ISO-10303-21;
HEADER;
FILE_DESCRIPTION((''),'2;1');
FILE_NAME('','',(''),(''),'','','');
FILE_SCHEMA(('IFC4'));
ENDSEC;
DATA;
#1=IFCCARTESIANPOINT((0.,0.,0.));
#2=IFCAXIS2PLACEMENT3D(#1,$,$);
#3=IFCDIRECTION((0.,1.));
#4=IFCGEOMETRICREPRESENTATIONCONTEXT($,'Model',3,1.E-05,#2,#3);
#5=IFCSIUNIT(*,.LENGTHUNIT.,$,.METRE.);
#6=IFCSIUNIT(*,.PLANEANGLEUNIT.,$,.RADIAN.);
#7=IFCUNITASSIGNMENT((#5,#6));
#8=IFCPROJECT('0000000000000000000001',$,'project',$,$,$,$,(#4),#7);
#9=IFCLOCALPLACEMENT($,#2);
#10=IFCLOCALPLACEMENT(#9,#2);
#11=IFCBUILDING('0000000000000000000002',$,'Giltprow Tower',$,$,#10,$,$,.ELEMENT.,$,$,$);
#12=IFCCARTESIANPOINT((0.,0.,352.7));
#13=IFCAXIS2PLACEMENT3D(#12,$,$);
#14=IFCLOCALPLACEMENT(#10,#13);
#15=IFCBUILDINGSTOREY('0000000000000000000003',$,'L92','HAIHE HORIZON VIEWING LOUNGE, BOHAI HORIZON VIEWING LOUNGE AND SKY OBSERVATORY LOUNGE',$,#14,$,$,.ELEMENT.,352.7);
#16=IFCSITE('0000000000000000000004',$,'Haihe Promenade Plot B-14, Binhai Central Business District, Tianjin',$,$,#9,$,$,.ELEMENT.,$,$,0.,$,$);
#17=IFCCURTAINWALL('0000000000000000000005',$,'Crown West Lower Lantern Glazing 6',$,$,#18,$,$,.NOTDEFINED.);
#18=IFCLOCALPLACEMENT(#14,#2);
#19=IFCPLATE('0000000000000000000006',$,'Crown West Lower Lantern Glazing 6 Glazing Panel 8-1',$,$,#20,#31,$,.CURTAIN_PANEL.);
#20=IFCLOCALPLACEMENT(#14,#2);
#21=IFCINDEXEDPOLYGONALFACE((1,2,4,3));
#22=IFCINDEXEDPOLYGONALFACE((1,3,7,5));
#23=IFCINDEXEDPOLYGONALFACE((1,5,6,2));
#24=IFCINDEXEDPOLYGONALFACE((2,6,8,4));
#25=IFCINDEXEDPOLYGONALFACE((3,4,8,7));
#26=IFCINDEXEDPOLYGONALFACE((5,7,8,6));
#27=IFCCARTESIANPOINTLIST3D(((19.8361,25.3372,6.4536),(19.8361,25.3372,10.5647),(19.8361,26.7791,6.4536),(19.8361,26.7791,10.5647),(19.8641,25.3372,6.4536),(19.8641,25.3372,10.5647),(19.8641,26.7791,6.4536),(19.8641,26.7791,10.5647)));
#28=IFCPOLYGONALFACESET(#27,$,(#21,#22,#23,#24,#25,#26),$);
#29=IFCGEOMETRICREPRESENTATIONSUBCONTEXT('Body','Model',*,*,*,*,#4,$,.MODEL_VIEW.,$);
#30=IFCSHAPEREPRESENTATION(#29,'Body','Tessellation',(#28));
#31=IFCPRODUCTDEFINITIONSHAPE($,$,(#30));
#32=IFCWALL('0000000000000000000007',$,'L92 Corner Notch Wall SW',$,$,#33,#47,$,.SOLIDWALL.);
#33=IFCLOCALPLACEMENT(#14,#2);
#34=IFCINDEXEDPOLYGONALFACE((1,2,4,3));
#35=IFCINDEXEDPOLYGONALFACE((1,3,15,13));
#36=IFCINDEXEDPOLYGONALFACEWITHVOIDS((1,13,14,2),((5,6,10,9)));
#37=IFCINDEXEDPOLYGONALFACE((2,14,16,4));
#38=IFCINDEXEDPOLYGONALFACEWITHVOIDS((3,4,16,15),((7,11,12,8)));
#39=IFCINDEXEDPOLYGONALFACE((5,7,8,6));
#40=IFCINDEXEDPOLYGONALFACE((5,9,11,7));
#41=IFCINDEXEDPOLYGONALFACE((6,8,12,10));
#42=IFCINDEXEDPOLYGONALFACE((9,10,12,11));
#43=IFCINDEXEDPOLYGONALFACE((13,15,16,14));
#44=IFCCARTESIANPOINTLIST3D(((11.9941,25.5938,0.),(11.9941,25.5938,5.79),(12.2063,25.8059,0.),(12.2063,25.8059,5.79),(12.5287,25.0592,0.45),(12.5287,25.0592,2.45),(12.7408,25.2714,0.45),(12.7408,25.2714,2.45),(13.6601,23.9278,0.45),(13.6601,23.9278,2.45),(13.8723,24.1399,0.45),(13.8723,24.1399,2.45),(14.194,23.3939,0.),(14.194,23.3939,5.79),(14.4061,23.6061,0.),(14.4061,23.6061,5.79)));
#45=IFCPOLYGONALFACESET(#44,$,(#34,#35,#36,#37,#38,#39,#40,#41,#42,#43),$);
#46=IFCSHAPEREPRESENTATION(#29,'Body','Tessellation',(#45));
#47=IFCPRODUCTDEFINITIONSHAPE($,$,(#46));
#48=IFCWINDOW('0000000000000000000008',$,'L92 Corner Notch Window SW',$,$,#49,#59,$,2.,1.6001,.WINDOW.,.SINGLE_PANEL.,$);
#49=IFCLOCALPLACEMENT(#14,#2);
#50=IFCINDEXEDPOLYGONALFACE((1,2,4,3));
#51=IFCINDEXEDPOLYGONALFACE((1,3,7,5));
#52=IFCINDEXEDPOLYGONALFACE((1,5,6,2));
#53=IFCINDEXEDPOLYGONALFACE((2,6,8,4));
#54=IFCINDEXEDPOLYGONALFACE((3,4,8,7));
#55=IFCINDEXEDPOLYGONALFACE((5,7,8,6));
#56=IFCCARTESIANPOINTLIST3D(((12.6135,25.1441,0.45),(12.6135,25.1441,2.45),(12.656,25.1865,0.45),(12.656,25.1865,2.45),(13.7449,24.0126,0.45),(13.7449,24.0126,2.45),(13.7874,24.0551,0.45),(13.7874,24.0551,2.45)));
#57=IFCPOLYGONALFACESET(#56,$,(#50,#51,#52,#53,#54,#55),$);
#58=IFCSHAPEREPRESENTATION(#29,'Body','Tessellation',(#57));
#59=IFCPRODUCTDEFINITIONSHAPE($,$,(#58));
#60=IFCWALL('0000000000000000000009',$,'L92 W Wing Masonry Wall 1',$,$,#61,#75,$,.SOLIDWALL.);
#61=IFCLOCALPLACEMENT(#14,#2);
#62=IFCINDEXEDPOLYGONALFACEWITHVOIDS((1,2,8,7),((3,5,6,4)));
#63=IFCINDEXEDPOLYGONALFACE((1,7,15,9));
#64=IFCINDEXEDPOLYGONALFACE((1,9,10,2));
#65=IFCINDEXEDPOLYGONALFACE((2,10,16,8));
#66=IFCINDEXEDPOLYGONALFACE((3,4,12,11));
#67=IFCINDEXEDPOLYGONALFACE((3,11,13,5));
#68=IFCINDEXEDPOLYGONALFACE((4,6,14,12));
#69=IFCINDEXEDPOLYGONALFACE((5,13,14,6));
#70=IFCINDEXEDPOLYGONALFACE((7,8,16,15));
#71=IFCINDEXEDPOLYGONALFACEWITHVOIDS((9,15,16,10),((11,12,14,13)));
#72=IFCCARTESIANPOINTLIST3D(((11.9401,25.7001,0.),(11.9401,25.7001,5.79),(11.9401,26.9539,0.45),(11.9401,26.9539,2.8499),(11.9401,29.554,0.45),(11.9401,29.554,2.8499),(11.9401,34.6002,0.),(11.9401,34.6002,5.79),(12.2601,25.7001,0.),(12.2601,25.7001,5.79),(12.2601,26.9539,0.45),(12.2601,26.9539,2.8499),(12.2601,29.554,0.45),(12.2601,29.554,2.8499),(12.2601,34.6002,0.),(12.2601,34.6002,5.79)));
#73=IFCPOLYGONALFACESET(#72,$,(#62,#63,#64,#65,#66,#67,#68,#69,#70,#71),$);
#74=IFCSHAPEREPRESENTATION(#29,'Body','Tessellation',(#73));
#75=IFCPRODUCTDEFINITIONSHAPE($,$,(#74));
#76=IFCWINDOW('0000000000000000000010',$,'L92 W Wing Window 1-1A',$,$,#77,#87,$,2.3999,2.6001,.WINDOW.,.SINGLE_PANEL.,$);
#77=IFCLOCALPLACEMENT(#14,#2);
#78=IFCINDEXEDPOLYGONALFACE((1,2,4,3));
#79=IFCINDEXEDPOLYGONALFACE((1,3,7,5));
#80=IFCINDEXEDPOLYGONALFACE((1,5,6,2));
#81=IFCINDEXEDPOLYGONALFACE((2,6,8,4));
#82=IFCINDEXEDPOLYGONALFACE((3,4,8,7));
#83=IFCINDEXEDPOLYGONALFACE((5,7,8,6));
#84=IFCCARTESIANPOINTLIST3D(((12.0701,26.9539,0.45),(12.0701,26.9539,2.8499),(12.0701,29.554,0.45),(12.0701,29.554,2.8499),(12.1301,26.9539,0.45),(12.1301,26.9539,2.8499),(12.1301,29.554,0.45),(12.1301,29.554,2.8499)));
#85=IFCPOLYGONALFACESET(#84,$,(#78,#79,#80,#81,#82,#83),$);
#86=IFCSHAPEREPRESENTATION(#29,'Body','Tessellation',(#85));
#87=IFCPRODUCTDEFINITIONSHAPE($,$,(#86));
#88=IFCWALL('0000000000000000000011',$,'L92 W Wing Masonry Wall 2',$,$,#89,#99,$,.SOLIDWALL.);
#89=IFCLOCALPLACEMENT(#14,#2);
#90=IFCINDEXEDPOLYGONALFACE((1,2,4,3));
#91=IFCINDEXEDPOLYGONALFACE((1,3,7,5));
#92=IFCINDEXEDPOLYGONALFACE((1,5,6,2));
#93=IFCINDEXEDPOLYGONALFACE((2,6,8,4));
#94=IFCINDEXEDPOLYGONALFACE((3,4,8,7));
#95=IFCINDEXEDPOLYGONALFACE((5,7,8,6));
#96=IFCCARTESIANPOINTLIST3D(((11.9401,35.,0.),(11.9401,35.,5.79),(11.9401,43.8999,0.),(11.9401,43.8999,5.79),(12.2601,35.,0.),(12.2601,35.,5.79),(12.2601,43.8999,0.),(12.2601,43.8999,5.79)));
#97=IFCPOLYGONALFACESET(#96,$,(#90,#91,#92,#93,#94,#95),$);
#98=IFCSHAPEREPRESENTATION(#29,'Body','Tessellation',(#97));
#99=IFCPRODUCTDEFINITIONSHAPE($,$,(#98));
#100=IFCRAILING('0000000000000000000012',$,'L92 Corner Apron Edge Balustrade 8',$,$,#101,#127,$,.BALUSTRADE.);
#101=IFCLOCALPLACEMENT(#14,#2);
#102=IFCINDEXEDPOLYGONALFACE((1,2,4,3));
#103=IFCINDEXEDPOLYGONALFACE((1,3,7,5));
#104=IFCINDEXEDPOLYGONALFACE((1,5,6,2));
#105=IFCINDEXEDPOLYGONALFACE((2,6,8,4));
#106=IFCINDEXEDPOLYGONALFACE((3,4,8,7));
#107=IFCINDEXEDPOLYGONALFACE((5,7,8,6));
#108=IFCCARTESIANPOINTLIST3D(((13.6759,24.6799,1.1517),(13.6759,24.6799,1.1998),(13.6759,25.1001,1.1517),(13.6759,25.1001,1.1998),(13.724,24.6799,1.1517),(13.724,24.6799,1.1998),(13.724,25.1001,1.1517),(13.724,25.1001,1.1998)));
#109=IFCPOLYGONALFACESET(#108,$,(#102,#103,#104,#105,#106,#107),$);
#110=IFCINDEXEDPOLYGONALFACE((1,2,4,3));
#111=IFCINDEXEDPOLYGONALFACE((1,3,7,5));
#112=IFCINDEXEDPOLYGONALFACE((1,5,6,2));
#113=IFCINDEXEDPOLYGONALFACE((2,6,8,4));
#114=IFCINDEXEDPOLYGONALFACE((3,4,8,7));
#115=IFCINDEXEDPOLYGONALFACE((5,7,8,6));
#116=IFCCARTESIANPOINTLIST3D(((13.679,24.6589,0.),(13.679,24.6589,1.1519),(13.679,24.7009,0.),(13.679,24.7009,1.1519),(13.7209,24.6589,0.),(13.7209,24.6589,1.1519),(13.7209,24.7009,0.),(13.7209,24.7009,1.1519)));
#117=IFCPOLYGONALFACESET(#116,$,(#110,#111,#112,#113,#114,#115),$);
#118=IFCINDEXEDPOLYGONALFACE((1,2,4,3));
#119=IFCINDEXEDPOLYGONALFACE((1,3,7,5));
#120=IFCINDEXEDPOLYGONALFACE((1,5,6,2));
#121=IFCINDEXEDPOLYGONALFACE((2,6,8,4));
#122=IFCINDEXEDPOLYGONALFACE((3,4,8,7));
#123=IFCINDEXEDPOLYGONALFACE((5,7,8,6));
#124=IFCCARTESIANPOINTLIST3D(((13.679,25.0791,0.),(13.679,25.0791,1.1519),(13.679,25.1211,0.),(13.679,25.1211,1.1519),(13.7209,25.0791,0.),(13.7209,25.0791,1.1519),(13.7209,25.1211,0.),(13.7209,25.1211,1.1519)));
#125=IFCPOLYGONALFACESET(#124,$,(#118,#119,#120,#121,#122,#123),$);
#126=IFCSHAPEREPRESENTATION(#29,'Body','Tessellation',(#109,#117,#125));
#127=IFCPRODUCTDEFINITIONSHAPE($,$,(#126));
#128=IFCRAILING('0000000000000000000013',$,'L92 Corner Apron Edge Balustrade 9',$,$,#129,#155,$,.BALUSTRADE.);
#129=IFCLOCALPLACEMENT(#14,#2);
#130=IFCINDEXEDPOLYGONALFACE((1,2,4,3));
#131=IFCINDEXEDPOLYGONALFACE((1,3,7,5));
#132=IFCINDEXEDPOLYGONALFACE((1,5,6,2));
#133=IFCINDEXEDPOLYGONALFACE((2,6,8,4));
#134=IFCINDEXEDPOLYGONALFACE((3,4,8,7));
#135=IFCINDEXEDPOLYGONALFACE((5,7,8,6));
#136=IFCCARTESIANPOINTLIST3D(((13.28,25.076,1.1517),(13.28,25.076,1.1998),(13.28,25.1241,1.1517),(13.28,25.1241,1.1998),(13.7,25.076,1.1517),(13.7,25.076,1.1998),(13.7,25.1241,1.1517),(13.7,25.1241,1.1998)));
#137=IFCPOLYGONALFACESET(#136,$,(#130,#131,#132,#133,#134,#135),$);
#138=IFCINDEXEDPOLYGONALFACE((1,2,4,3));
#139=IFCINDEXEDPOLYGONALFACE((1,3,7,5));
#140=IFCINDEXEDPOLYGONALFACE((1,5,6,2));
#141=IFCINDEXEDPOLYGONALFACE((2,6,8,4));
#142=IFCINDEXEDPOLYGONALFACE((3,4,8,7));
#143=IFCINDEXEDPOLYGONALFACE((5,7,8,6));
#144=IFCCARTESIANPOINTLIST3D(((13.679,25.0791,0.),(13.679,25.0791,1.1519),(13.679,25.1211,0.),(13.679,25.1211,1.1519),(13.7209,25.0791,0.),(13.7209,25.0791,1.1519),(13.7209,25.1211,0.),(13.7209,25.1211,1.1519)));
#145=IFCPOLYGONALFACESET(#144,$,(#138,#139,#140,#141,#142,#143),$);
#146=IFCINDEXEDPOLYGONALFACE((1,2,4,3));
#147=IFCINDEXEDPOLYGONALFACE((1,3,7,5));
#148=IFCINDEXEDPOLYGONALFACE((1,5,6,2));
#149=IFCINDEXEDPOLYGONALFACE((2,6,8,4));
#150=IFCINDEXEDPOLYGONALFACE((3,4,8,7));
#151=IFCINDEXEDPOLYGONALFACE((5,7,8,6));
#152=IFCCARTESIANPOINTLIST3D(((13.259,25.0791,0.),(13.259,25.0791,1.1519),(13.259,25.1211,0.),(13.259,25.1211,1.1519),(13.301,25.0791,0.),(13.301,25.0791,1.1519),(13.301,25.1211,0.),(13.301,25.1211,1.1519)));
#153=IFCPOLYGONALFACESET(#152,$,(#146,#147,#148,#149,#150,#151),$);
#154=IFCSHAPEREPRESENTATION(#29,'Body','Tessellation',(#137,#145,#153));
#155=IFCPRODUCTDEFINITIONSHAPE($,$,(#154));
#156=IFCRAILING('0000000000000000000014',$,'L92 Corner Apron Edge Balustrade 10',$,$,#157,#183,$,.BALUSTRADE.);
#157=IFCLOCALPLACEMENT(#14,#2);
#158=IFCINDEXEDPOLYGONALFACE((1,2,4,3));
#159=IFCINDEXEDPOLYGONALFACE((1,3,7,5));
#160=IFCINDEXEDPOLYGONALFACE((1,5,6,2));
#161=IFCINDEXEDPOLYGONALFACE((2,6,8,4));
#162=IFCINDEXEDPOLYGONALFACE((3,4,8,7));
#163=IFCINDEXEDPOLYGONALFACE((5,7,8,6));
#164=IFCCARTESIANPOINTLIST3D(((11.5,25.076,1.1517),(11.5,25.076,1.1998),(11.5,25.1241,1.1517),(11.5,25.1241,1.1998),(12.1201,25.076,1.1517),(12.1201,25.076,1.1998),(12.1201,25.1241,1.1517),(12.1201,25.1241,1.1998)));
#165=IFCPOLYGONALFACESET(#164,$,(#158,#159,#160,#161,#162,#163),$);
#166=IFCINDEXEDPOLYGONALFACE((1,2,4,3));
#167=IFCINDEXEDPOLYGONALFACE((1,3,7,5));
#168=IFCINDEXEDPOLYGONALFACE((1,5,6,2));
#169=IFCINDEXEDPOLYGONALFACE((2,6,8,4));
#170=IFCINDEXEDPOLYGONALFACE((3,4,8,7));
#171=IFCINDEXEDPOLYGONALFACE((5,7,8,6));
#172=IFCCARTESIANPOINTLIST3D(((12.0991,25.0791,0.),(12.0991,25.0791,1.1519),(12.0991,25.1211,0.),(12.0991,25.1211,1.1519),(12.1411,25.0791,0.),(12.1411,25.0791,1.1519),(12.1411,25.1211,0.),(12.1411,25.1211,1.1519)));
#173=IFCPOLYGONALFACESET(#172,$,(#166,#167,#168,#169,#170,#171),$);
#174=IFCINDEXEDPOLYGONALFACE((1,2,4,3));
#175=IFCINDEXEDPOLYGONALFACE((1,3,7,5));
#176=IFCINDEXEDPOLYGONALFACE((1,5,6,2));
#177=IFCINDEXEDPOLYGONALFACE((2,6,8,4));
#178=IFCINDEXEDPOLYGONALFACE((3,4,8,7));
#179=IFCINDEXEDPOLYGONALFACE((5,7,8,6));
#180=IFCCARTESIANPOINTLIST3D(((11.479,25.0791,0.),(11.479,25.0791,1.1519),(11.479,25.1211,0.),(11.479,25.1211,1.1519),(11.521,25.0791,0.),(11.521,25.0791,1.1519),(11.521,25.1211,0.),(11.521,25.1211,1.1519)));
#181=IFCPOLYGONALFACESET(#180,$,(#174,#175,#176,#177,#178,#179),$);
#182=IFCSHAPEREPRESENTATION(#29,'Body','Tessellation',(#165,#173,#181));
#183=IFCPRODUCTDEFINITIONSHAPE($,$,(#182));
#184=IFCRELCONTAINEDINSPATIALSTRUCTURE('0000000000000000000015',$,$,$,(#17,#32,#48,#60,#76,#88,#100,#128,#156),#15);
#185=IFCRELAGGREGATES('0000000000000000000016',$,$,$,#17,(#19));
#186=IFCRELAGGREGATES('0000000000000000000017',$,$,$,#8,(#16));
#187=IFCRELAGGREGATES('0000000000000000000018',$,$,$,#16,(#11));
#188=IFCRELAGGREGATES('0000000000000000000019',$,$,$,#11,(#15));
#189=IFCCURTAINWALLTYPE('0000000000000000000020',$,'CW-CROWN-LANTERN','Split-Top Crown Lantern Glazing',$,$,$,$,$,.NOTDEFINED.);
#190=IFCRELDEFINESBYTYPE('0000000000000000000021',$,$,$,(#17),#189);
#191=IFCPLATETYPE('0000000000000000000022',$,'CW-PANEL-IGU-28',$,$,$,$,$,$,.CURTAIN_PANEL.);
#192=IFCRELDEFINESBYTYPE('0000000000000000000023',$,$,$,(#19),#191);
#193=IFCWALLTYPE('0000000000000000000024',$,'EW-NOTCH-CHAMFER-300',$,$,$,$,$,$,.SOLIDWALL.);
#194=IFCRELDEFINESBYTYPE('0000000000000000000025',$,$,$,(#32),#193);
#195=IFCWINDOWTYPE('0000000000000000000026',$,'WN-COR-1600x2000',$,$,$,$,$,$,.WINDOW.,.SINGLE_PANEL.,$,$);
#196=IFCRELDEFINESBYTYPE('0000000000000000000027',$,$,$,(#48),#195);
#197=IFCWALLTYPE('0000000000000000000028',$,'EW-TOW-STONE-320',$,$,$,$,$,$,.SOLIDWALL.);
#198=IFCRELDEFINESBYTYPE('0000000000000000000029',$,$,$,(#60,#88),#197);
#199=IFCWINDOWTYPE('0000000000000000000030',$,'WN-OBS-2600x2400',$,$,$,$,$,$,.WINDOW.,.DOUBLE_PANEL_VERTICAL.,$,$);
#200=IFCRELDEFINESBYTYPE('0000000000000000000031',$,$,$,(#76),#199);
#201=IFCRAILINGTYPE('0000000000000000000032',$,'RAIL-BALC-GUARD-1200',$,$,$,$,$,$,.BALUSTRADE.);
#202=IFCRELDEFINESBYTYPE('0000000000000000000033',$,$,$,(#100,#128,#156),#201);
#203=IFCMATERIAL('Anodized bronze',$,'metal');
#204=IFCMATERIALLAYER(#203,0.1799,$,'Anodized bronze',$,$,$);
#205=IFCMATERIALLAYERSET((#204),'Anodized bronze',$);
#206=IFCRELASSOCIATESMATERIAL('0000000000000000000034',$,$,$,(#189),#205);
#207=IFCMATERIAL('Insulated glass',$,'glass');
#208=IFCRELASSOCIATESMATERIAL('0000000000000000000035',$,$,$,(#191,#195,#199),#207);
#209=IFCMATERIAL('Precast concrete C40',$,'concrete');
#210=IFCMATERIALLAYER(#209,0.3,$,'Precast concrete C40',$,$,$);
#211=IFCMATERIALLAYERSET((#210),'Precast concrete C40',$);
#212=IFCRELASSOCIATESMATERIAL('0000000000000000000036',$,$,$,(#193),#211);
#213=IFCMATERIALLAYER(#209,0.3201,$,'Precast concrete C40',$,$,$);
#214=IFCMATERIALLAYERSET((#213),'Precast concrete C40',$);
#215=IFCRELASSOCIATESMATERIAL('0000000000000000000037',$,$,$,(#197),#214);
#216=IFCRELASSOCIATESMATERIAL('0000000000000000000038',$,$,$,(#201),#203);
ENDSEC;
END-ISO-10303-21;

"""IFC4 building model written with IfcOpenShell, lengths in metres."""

from ifc_helpers import new_model, si_unit, direction, frame, frame_2d, origin, origin_2d, place, context, subcontext, project, spatial, rectangle, extrude, source, transform, mapped, material, layer, layer_set, type_object, element, fill, aggregate, save


model = new_model("IFC4")

# Units and contexts
model_context = context("Model", 3, precision=1e-05, world=origin(), true_north=direction((0.0, 1.0)))
body_context = subcontext(model_context, "Body", "Model", "MODEL_VIEW")
ifc_project = project(units=[si_unit("LENGTHUNIT", "METRE"), si_unit("PLANEANGLEUNIT", "RADIAN")], contexts=[model_context])

# Site, building, storey
site_placement = place(None, origin())
site = spatial("IfcSite", under=ifc_project, at=site_placement, Name="Haihe Promenade Plot B-14, Binhai Central Business District, Tianjin", CompositionType="ELEMENT", RefElevation=0.0)
building_placement = place(site_placement, origin())
building = spatial("IfcBuilding", under=site, at=building_placement, Name="Giltprow Tower", CompositionType="ELEMENT")
storey_placement = place(building_placement, frame((0.0, 0.0, 352.7)))
storey = spatial("IfcBuildingStorey", under=building, at=storey_placement, Name="L92", Description="HAIHE HORIZON VIEWING LOUNGE, BOHAI HORIZON VIEWING LOUNGE AND SKY OBSERVATORY LOUNGE", CompositionType="ELEMENT", Elevation=352.7)

# Curtain wall
ifc_material_1 = material(Name="Anodized bronze", Category="metal")
ifc_layer_1 = layer(ifc_material_1, 0.1799, Name="Anodized bronze")
ifc_layer_set_1 = layer_set([ifc_layer_1], Name="Anodized bronze")
curtain_wall_type = type_object("IfcCurtainWallType", Name="CW-CROWN-LANTERN", Description="Split-Top Crown Lantern Glazing", PredefinedType="NOTDEFINED", material=ifc_layer_set_1)
curtain_wall_placement = place(storey_placement, origin())
curtain_wall = element("IfcCurtainWall", 1, at=curtain_wall_placement, inside=storey, type_object=curtain_wall_type, Name="Crown West Lower Lantern Glazing 6", PredefinedType="NOTDEFINED")

# Plate
ifc_material_2 = material(Name="Insulated glass", Category="glass")
plate_type_1 = type_object("IfcPlateType", Name="CW-PANEL-IGU-28", PredefinedType="CURTAIN_PANEL", material=ifc_material_2)
shared_shape_1 = source(origin(), body_context, "Body", "SweptSolid", [
    extrude(rectangle(XDim=1.4419, YDim=0.0281, at=origin_2d()), origin(), (0.0, 0.0, 1.0), 4.1111),
])
plate_1_placement = place(storey_placement, frame((19.8501, 26.0581, 6.4536), z_axis=(0.0, 0.0, 1.0), x_axis=(0.0, -1.0, 0.0)))
plate_1 = element("IfcPlate", 2, at=plate_1_placement, type_object=plate_type_1, Name="Crown West Lower Lantern Glazing 6 Glazing Panel 8-1", PredefinedType="CURTAIN_PANEL", context=body_context, shape_type="MappedRepresentation", body=[
    mapped(shared_shape_1, transform((0.0, 0.0, 0.0), x_axis=(1.0, 0.0, 0.0), y_axis=(0.0, 1.0, 0.0), z_axis=(0.0, 0.0, 1.0), scale=1.0)),
])
aggregate(curtain_wall, [plate_1])

# Walls, openings, windows
ifc_material_3 = material(Name="Precast concrete C40", Category="concrete")
ifc_layer_2 = layer(ifc_material_3, 0.3, Name="Precast concrete C40")
ifc_layer_set_2 = layer_set([ifc_layer_2], Name="Precast concrete C40")
wall_type_1 = type_object("IfcWallType", Name="EW-NOTCH-CHAMFER-300", PredefinedType="SOLIDWALL", material=ifc_layer_set_2)
wall_1_placement = place(storey_placement, frame((12.1001, 25.7, 0.0), z_axis=(0.0, 0.0, 1.0), x_axis=(0.707107, -0.707107, 0.0)))
wall_1 = element("IfcWall", 3, at=wall_1_placement, inside=storey, type_object=wall_type_1, Name="L92 Corner Notch Wall SW", PredefinedType="SOLIDWALL", context=body_context, shape_type="SweptSolid", body=[
    extrude(rectangle(XDim=3.1111, YDim=0.3, at=frame_2d((1.5557, 0.0))), origin(), (0.0, 0.0, 1.0), 5.79),
])
opening_1_placement = place(wall_1_placement, frame((0.7561, 0.0, 0.45)))
opening_1 = element("IfcOpeningElement", 4, at=opening_1_placement, cuts=wall_1, PredefinedType="OPENING", context=body_context, shape_type="SweptSolid", body=[
    extrude(rectangle(XDim=1.6001, YDim=2.0, at=frame_2d((0.8, 1.0))), frame((0.0, 0.1599, 0.0), z_axis=(0.0, -1.0, 0.0), x_axis=(1.0, 0.0, 0.0)), (0.0, 0.0, 1.0), 0.3201),
])
window_type_1 = type_object("IfcWindowType", Name="WN-COR-1600x2000", PartitioningType="SINGLE_PANEL", PredefinedType="WINDOW", material=ifc_material_2)
shared_shape_2 = source(origin(), body_context, "Body", "SweptSolid", [
    extrude(rectangle(XDim=1.6001, YDim=2.0, at=frame_2d((0.8, 1.0))), frame((0.0, 0.03, 0.0), z_axis=(0.0, -1.0, 0.0), x_axis=(1.0, 0.0, 0.0)), (0.0, 0.0, 1.0), 0.0601),
])
window_1_placement = place(opening_1_placement, origin())
window_1 = element("IfcWindow", 5, at=window_1_placement, inside=storey, type_object=window_type_1, Name="L92 Corner Notch Window SW", OverallHeight=2.0, OverallWidth=1.6001, PartitioningType="SINGLE_PANEL", PredefinedType="WINDOW", context=body_context, shape_type="MappedRepresentation", body=[
    mapped(shared_shape_2, transform((0.0, 0.0, 0.0), x_axis=(1.0, 0.0, 0.0), y_axis=(0.0, 1.0, 0.0), z_axis=(0.0, 0.0, 1.0), scale=1.0)),
])
fill(opening_1, window_1)
ifc_layer_3 = layer(ifc_material_3, 0.3201, Name="Precast concrete C40")
ifc_layer_set_3 = layer_set([ifc_layer_3], Name="Precast concrete C40")
wall_type_2 = type_object("IfcWallType", Name="EW-TOW-STONE-320", PredefinedType="SOLIDWALL", material=ifc_layer_set_3)
wall_2_placement = place(storey_placement, frame((12.1001, 25.7, 0.0), z_axis=(0.0, 0.0, 1.0), x_axis=(0.0, 1.0, 0.0)))
wall_2 = element("IfcWall", 6, at=wall_2_placement, inside=storey, type_object=wall_type_2, Name="L92 W Wing Masonry Wall 1", PredefinedType="SOLIDWALL", context=body_context, shape_type="SweptSolid", body=[
    extrude(rectangle(XDim=8.9001, YDim=0.3201, at=frame_2d((4.4502, 0.0))), origin(), (0.0, 0.0, 1.0), 5.79),
])
opening_2_placement = place(wall_2_placement, frame((1.2539, 0.0, 0.45)))
opening_2 = element("IfcOpeningElement", 7, at=opening_2_placement, cuts=wall_2, PredefinedType="OPENING", context=body_context, shape_type="SweptSolid", body=[
    extrude(rectangle(XDim=2.6001, YDim=2.3999, at=frame_2d((1.3, 1.2))), frame((0.0, 0.1699, 0.0), z_axis=(0.0, -1.0, 0.0), x_axis=(1.0, 0.0, 0.0)), (0.0, 0.0, 1.0), 0.3401),
])
window_type_2 = type_object("IfcWindowType", Name="WN-OBS-2600x2400", PartitioningType="DOUBLE_PANEL_VERTICAL", PredefinedType="WINDOW", material=ifc_material_2)
shared_shape_3 = source(origin(), body_context, "Body", "SweptSolid", [
    extrude(rectangle(XDim=2.6001, YDim=2.3999, at=frame_2d((1.3, 1.2))), frame((0.0, 0.03, 0.0), z_axis=(0.0, -1.0, 0.0), x_axis=(1.0, 0.0, 0.0)), (0.0, 0.0, 1.0), 0.0601),
])
window_2_placement = place(opening_2_placement, origin())
window_2 = element("IfcWindow", 8, at=window_2_placement, inside=storey, type_object=window_type_2, Name="L92 W Wing Window 1-1A", OverallHeight=2.3999, OverallWidth=2.6001, PartitioningType="SINGLE_PANEL", PredefinedType="WINDOW", context=body_context, shape_type="MappedRepresentation", body=[
    mapped(shared_shape_3, transform((0.0, 0.0, 0.0), x_axis=(1.0, 0.0, 0.0), y_axis=(0.0, 1.0, 0.0), z_axis=(0.0, 0.0, 1.0), scale=1.0)),
])
fill(opening_2, window_2)

# Wall
wall_3_placement = place(storey_placement, frame((12.1001, 35.0, 0.0), z_axis=(0.0, 0.0, 1.0), x_axis=(0.0, 1.0, 0.0)))
element("IfcWall", 9, at=wall_3_placement, inside=storey, type_object=wall_type_2, Name="L92 W Wing Masonry Wall 2", PredefinedType="SOLIDWALL", context=body_context, shape_type="SweptSolid", body=[
    extrude(rectangle(XDim=8.8999, YDim=0.3201, at=frame_2d((4.45, 0.0))), origin(), (0.0, 0.0, 1.0), 5.79),
])

# Railings
railing_type = type_object("IfcRailingType", Name="RAIL-BALC-GUARD-1200", PredefinedType="BALUSTRADE", material=ifc_material_1)
railing_1_placement = place(storey_placement, frame((13.7, 24.6799, 0.0)))
element("IfcRailing", 10, at=railing_1_placement, inside=storey, type_object=railing_type, Name="L92 Corner Apron Edge Balustrade 8", PredefinedType="BALUSTRADE", context=body_context, shape_type="SweptSolid", body=[
    extrude(rectangle(XDim=0.0481, YDim=0.0481, at=origin_2d()), frame((0.0, 0.0, 1.1758), z_axis=(0.0, 1.0, 0.0), x_axis=(-1.0, 0.0, 0.0)), (0.0, 0.0, 1.0), 0.4202),
    extrude(rectangle(XDim=0.042, YDim=0.042, at=origin_2d()), origin(), (0.0, 0.0, 1.0), 1.1519),
    extrude(rectangle(XDim=0.042, YDim=0.042, at=origin_2d()), frame((0.0, 0.4202, 0.0)), (0.0, 0.0, 1.0), 1.1519),
])
railing_2_placement = place(storey_placement, frame((13.7, 25.1001, 0.0)))
element("IfcRailing", 11, at=railing_2_placement, inside=storey, type_object=railing_type, Name="L92 Corner Apron Edge Balustrade 9", PredefinedType="BALUSTRADE", context=body_context, shape_type="SweptSolid", body=[
    extrude(rectangle(XDim=0.0481, YDim=0.0481, at=origin_2d()), frame((0.0, 0.0, 1.1758), z_axis=(-1.0, 0.0, 0.0), x_axis=(0.0, -1.0, 0.0)), (0.0, 0.0, 1.0), 0.4199),
    extrude(rectangle(XDim=0.042, YDim=0.042, at=origin_2d()), origin(), (0.0, 0.0, 1.0), 1.1519),
    extrude(rectangle(XDim=0.042, YDim=0.042, at=origin_2d()), frame((-0.4199, 0.0, 0.0)), (0.0, 0.0, 1.0), 1.1519),
])
railing_3_placement = place(storey_placement, frame((12.1201, 25.1001, 0.0)))
element("IfcRailing", 12, at=railing_3_placement, inside=storey, type_object=railing_type, Name="L92 Corner Apron Edge Balustrade 10", PredefinedType="BALUSTRADE", context=body_context, shape_type="SweptSolid", body=[
    extrude(rectangle(XDim=0.0481, YDim=0.0481, at=origin_2d()), frame((0.0, 0.0, 1.1758), z_axis=(-1.0, 0.0, 0.0), x_axis=(0.0, -1.0, 0.0)), (0.0, 0.0, 1.0), 0.6201),
    extrude(rectangle(XDim=0.042, YDim=0.042, at=origin_2d()), origin(), (0.0, 0.0, 1.0), 1.1519),
    extrude(rectangle(XDim=0.042, YDim=0.042, at=origin_2d()), frame((-0.6201, 0.0, 0.0)), (0.0, 0.0, 1.0), 1.1519),
])

save(model, "model.ifc")
